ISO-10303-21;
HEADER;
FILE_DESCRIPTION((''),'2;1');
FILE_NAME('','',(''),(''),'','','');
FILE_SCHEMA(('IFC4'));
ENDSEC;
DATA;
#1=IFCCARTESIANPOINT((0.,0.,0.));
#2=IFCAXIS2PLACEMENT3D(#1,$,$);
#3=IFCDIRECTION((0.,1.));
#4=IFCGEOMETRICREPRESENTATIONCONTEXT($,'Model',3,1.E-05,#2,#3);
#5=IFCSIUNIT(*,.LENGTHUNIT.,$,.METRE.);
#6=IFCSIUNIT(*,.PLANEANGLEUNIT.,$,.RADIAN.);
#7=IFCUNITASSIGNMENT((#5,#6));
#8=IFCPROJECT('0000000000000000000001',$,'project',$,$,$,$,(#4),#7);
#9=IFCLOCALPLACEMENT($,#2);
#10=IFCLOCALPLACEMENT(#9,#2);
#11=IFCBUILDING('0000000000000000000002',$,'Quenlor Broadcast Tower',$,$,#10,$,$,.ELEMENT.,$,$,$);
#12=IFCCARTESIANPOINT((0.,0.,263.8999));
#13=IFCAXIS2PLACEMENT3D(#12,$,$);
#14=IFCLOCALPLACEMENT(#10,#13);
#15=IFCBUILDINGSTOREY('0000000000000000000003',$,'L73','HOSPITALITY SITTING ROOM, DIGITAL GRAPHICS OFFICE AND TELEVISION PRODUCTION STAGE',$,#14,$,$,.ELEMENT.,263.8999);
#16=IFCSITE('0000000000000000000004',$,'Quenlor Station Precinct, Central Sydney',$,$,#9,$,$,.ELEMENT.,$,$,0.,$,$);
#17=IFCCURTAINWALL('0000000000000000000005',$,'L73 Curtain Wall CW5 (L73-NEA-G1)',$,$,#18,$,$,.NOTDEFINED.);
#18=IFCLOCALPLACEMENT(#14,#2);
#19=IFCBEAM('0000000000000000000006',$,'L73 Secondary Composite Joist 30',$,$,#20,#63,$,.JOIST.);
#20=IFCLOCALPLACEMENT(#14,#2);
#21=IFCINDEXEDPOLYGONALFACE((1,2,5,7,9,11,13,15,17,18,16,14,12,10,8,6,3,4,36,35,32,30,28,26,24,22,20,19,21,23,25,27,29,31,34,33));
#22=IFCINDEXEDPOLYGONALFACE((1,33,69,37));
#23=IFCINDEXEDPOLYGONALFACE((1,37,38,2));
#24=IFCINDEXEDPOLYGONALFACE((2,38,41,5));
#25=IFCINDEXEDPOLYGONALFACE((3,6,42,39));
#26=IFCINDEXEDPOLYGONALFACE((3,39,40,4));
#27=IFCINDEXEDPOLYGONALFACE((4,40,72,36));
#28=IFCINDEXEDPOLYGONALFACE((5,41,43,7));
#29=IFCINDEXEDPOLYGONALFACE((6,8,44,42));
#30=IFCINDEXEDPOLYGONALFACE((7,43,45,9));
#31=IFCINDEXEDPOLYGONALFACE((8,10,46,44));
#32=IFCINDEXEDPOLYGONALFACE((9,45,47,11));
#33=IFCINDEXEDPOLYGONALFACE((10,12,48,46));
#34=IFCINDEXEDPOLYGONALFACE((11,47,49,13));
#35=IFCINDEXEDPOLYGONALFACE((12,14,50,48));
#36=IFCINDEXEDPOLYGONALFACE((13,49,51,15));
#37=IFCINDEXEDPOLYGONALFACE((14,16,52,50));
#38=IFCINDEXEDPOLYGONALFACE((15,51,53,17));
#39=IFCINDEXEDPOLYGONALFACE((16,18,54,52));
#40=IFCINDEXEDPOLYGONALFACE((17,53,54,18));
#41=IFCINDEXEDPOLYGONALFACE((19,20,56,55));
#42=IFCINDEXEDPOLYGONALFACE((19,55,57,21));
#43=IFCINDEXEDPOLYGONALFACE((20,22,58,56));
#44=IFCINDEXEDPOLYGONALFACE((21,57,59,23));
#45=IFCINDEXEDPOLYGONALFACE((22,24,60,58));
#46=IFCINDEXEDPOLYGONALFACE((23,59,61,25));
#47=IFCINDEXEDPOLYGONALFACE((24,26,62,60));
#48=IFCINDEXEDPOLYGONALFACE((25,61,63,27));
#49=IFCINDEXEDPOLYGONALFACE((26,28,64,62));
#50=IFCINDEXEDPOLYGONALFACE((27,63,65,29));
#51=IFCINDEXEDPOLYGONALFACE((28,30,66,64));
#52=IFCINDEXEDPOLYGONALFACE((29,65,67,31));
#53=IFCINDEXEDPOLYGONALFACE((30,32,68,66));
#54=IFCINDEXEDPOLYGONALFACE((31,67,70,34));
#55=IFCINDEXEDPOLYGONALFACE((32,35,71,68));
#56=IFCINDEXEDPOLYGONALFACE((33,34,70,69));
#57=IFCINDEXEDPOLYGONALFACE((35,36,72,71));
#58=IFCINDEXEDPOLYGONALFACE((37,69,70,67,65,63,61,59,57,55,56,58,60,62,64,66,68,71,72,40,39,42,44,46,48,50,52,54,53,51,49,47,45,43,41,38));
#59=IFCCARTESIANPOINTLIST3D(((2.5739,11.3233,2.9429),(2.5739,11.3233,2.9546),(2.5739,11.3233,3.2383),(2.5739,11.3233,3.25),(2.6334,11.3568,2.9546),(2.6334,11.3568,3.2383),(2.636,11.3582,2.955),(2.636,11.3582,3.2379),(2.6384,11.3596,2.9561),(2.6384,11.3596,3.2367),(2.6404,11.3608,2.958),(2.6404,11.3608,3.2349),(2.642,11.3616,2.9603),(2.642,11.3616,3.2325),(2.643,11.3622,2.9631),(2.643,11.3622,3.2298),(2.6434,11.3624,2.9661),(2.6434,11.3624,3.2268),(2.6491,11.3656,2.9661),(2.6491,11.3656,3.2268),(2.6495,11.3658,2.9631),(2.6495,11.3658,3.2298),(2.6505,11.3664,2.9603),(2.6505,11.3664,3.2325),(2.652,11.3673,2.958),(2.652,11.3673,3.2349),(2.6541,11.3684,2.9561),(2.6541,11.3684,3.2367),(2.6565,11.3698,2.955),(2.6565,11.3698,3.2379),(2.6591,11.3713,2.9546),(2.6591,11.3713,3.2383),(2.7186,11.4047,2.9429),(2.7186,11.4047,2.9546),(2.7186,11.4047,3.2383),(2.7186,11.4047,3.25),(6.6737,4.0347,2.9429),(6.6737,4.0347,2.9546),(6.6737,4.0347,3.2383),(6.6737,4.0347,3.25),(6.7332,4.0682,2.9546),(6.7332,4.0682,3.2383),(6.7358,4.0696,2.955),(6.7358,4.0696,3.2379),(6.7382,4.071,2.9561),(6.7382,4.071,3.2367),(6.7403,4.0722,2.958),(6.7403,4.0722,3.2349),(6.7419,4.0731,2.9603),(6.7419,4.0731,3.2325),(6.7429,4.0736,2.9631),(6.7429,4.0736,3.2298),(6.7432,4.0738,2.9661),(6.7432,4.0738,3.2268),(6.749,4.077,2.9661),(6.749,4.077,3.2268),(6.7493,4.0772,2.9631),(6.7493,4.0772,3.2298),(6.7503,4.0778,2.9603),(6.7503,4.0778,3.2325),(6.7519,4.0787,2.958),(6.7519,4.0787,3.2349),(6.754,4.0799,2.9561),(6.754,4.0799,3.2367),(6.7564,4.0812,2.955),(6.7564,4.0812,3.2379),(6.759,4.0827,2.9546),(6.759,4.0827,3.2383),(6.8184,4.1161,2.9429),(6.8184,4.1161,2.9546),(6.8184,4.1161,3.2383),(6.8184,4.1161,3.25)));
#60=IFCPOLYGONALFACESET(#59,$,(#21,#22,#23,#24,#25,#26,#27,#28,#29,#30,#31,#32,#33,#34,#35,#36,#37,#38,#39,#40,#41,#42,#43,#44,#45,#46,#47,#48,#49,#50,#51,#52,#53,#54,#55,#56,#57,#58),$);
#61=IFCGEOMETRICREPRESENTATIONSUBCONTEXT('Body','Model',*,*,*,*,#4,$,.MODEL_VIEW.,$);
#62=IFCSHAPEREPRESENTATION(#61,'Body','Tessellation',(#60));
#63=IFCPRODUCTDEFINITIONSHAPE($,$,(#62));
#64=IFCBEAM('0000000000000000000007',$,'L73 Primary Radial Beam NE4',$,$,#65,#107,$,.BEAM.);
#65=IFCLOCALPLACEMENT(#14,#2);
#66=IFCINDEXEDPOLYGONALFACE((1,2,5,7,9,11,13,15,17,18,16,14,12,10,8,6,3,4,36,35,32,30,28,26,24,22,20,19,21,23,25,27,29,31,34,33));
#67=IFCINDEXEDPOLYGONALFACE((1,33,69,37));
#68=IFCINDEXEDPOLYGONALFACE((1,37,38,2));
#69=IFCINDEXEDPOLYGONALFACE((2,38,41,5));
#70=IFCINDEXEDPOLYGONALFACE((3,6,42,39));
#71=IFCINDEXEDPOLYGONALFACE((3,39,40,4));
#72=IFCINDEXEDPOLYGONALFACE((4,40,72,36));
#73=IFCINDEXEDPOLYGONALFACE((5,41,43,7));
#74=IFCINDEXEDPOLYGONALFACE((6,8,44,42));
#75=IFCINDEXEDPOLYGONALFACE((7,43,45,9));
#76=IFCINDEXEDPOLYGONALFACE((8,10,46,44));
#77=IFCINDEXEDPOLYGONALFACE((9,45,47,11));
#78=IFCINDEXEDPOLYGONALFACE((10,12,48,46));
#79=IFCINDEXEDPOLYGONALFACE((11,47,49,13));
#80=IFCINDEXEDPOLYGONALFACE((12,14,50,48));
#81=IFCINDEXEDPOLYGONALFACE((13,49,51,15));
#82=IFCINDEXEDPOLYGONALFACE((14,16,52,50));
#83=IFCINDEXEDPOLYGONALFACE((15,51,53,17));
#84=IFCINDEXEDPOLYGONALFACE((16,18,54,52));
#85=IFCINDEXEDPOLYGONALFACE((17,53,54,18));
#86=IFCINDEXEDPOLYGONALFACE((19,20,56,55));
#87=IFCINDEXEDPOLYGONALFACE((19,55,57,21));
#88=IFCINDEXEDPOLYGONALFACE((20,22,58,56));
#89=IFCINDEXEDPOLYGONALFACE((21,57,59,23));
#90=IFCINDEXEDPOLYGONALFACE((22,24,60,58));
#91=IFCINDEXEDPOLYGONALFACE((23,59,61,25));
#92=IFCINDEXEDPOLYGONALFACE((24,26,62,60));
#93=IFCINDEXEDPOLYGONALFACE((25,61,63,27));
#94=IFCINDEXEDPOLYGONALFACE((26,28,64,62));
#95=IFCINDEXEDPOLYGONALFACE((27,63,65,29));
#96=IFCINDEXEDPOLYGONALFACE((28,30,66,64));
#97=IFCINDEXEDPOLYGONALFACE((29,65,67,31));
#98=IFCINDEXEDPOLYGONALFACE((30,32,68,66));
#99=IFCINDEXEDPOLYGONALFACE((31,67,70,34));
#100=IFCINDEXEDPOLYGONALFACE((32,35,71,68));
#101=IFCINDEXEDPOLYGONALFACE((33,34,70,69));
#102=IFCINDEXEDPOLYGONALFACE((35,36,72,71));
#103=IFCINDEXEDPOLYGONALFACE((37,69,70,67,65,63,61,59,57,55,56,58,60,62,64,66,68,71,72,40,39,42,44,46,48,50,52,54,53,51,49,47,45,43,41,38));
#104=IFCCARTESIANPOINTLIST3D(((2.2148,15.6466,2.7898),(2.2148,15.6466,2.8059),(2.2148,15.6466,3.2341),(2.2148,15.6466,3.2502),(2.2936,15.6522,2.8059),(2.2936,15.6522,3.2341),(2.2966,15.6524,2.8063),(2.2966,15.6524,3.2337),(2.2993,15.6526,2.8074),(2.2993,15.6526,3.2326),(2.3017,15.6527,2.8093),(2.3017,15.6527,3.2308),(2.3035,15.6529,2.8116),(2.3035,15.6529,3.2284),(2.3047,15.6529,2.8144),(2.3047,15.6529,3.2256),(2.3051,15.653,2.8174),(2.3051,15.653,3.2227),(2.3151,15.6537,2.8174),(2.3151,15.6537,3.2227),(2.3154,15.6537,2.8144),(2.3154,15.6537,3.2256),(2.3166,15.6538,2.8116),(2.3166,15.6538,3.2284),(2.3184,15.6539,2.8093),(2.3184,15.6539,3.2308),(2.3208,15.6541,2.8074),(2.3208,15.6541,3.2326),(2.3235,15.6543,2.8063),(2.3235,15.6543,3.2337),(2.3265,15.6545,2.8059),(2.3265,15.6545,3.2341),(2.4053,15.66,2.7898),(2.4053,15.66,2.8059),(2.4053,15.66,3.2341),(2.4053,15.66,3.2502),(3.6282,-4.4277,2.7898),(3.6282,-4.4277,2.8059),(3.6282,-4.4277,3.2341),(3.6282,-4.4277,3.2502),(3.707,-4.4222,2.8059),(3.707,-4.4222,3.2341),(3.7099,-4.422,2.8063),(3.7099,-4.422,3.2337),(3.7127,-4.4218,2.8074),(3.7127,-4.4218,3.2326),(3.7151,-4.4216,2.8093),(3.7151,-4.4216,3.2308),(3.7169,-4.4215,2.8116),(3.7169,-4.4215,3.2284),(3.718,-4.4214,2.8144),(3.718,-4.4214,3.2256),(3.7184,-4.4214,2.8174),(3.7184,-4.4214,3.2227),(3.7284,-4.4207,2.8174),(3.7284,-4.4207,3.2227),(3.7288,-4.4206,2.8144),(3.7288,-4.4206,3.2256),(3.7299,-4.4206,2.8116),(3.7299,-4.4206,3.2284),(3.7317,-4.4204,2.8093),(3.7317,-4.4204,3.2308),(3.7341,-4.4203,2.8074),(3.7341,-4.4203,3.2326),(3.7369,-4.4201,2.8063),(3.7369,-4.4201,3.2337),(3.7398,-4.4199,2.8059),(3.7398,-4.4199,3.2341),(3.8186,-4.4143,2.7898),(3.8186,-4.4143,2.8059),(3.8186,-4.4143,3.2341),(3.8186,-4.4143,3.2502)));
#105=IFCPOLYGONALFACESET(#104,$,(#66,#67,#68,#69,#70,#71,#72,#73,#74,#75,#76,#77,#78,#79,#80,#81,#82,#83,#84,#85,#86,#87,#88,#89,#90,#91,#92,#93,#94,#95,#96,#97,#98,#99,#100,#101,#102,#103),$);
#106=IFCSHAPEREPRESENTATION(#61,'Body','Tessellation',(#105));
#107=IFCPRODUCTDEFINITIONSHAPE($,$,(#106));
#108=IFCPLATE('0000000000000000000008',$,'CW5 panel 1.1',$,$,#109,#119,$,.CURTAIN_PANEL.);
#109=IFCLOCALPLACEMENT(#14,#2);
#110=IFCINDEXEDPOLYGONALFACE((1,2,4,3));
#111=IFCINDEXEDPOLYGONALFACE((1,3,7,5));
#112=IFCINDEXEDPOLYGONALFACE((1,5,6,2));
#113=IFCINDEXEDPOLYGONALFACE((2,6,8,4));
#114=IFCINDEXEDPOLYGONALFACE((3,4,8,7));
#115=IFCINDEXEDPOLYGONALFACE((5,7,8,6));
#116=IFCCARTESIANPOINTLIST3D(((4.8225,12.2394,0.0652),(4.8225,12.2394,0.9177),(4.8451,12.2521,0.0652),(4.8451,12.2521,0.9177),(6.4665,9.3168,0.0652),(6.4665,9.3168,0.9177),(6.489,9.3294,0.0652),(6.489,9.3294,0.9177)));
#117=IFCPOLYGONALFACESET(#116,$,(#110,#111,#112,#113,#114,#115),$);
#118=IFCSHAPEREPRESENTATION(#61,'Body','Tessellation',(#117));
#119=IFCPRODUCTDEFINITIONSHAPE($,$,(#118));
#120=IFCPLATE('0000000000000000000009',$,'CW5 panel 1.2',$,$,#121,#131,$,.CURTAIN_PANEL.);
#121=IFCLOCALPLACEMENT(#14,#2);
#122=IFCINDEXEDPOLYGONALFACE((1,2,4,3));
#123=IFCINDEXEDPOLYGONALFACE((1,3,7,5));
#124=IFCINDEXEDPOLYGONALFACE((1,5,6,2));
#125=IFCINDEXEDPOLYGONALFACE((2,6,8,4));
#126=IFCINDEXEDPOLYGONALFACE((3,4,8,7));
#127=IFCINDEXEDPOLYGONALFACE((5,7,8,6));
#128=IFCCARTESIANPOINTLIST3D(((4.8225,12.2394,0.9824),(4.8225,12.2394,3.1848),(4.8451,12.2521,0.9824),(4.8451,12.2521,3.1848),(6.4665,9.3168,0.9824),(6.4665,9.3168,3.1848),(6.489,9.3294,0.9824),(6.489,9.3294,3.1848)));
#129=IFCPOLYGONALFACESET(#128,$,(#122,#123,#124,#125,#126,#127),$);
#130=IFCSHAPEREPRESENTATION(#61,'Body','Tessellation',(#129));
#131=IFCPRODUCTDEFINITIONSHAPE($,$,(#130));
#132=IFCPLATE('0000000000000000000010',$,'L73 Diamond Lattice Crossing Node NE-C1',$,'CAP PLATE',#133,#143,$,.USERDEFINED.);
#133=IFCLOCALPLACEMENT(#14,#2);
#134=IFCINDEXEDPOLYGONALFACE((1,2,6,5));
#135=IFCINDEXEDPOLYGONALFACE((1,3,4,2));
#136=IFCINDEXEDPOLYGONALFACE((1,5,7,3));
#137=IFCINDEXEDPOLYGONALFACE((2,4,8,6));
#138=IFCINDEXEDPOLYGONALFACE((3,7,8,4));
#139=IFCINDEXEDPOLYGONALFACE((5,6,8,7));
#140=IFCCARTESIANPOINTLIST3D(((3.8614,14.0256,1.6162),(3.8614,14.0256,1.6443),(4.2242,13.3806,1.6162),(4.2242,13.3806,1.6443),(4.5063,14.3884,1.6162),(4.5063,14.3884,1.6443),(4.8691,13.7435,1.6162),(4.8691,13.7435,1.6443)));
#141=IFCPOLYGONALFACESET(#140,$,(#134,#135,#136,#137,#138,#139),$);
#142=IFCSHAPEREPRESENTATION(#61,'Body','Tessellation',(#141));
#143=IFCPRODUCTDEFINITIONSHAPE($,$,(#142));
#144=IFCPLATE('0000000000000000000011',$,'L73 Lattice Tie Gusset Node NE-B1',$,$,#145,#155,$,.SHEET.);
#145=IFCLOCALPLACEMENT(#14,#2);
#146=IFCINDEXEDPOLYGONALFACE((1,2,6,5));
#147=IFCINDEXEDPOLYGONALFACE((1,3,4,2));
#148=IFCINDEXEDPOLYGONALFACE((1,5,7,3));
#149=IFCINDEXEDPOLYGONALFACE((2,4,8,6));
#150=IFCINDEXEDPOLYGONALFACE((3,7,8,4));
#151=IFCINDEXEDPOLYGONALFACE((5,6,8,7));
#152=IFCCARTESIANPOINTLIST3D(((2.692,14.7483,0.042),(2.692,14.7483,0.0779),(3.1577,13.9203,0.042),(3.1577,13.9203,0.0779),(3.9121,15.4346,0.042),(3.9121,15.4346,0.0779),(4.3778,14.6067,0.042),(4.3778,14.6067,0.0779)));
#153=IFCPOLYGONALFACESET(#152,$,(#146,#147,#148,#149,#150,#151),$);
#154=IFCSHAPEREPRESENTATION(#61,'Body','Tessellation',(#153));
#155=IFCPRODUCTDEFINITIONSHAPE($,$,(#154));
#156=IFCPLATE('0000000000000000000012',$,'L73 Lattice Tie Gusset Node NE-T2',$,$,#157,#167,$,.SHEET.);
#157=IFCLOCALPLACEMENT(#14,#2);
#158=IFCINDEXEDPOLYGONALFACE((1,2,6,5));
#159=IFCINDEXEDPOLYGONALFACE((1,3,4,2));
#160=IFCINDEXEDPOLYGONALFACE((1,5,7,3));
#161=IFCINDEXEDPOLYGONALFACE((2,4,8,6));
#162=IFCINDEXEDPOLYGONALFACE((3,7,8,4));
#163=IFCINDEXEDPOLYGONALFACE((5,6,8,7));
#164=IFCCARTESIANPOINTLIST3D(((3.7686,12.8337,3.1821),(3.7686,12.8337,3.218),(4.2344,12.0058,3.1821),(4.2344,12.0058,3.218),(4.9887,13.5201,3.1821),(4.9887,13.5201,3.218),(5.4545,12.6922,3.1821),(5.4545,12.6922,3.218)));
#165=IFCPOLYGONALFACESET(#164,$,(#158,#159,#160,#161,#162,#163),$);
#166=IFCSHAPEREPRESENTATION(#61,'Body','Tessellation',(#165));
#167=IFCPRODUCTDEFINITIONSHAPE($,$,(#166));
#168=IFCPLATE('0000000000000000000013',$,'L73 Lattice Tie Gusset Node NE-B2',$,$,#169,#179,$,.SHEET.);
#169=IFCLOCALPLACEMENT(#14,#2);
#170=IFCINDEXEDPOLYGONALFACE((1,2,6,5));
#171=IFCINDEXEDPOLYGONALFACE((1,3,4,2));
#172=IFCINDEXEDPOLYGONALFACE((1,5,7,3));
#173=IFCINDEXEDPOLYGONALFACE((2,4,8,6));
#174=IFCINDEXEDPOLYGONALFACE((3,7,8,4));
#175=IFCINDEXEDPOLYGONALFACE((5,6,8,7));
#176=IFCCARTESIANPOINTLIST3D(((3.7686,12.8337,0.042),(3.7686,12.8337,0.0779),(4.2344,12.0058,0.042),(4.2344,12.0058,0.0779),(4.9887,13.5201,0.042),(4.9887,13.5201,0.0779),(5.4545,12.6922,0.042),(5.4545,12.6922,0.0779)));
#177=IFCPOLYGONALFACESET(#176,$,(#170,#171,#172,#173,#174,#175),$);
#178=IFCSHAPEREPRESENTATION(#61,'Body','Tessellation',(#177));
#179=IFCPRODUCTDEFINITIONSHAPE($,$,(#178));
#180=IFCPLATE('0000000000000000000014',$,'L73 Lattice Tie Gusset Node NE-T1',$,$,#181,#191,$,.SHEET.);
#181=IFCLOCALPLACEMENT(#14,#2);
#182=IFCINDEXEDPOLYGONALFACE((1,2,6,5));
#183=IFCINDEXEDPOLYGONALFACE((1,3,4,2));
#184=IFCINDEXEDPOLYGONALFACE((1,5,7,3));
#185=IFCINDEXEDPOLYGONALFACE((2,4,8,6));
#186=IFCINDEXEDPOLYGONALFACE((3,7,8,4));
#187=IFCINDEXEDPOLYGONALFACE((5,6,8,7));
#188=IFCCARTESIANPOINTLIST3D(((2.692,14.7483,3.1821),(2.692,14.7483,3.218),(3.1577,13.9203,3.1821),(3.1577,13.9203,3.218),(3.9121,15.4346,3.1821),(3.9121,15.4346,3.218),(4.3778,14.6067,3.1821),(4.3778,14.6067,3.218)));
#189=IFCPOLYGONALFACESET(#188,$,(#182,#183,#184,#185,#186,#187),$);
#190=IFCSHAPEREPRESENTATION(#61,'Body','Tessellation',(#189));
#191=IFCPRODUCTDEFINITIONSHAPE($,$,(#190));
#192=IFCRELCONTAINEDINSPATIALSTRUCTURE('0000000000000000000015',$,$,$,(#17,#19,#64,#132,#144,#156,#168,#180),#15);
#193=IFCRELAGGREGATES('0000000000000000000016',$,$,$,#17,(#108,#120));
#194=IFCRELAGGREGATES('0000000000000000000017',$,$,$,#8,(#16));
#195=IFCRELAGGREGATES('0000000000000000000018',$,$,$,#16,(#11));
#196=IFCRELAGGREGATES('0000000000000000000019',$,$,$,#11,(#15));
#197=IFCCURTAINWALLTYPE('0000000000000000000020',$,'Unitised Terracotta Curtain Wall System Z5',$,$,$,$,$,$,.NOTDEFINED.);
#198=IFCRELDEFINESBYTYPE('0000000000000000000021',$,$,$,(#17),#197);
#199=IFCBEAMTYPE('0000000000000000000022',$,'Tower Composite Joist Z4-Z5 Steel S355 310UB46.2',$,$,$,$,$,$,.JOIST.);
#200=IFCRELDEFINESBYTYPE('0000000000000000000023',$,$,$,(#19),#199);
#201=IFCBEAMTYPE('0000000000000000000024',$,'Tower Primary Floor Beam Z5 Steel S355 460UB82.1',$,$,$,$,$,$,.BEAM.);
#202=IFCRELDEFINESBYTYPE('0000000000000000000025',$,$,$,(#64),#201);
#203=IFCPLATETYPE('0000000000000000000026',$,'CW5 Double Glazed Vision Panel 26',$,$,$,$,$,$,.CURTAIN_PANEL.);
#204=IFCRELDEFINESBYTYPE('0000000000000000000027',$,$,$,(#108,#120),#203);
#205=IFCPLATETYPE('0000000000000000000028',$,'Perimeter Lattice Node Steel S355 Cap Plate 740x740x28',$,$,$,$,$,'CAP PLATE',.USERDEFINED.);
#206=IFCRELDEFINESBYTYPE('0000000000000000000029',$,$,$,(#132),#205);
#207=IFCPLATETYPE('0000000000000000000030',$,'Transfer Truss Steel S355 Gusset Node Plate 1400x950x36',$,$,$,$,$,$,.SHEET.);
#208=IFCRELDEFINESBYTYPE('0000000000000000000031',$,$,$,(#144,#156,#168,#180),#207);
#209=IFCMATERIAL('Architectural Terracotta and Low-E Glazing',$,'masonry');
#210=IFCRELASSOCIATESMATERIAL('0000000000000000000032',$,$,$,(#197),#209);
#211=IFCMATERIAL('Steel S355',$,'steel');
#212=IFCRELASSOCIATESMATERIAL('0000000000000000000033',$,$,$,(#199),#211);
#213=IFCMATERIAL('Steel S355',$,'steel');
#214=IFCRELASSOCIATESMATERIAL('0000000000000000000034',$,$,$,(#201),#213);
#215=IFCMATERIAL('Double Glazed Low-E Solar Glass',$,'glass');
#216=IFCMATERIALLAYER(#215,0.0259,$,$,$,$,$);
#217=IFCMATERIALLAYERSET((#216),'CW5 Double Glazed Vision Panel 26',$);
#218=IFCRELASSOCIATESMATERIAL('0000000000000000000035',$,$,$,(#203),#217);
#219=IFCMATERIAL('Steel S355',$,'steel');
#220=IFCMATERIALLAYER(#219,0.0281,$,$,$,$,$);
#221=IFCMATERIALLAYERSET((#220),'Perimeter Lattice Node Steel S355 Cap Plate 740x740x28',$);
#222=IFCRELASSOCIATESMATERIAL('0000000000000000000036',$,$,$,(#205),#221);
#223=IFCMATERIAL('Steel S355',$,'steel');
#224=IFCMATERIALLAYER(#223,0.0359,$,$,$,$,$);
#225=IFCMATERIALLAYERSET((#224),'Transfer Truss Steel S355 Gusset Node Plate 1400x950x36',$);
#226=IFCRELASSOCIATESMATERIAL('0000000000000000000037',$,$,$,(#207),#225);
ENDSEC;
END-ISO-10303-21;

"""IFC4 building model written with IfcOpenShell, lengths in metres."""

from ifc_helpers import new_model, si_unit, direction, frame, origin, origin_2d, place, context, subcontext, project, spatial, rectangle, i_section, extrude, material, layer, layer_set, material_profile, profile_set, type_object, element, aggregate, save


model = new_model("IFC4")

# Units and contexts
model_context = context("Model", 3, precision=1e-05, world=origin(), true_north=direction((0.0, 1.0)))
body_context = subcontext(model_context, "Body", "Model", "MODEL_VIEW")
ifc_project = project(units=[si_unit("LENGTHUNIT", "METRE"), si_unit("PLANEANGLEUNIT", "RADIAN")], contexts=[model_context])

# Site, building, storey
site_placement = place(None, origin())
site = spatial("IfcSite", under=ifc_project, at=site_placement, Name="Quenlor Station Precinct, Central Sydney", CompositionType="ELEMENT", RefElevation=0.0)
building_placement = place(site_placement, origin())
building = spatial("IfcBuilding", under=site, at=building_placement, Name="Quenlor Broadcast Tower", CompositionType="ELEMENT")
storey_placement = place(building_placement, frame((0.0, 0.0, 263.8999)))
storey = spatial("IfcBuildingStorey", under=building, at=storey_placement, Name="L73", Description="HOSPITALITY SITTING ROOM, DIGITAL GRAPHICS OFFICE AND TELEVISION PRODUCTION STAGE", CompositionType="ELEMENT", Elevation=263.8999)

# Curtain wall
ifc_material_1 = material(Name="Architectural Terracotta and Low-E Glazing", Category="masonry")
curtain_wall_type = type_object("IfcCurtainWallType", Name="Unitised Terracotta Curtain Wall System Z5", PredefinedType="NOTDEFINED", material=ifc_material_1)
curtain_wall_placement = place(storey_placement, origin())
curtain_wall = element("IfcCurtainWall", 1, at=curtain_wall_placement, inside=storey, type_object=curtain_wall_type, Name="L73 Curtain Wall CW5 (L73-NEA-G1)", PredefinedType="NOTDEFINED")

# Beams
ifc_material_2 = material(Name="Steel S355", Category="steel")
ifc_material_profile_1 = material_profile(ifc_material_2, i_section(OverallWidth=0.166, OverallDepth=0.3071, WebThickness=0.0066, FlangeThickness=0.0117, FilletRadius=0.0115, at=origin_2d()))
ifc_profile_set_1 = profile_set([ifc_material_profile_1], Name="Steel S355 310UB46.2")
beam_type_1 = type_object("IfcBeamType", Name="Tower Composite Joist Z4-Z5 Steel S355 310UB46.2", PredefinedType="JOIST", material=ifc_profile_set_1)
beam_1_placement = place(storey_placement, frame((2.6462, 11.364, 3.0964), z_axis=(0.490264, -0.871574, 0.0), x_axis=(0.871574, 0.490264, 0.0)))
element("IfcBeam", 2, at=beam_1_placement, inside=storey, type_object=beam_type_1, Name="L73 Secondary Composite Joist 30", PredefinedType="JOIST", context=body_context, shape_type="SweptSolid", body=[
    extrude(i_section(OverallWidth=0.166, OverallDepth=0.3071, WebThickness=0.0066, FlangeThickness=0.0117, FilletRadius=0.0115, at=origin_2d()), origin(), (0.0, 0.0, 1.0), 8.3625),
])
ifc_material_3 = material(Name="Steel S355", Category="steel")
ifc_material_profile_2 = material_profile(ifc_material_3, i_section(OverallWidth=0.1909, OverallDepth=0.4604, WebThickness=0.01, FlangeThickness=0.0161, FilletRadius=0.0115, at=origin_2d()))
ifc_profile_set_2 = profile_set([ifc_material_profile_2], Name="Steel S355 460UB82.1")
beam_type_2 = type_object("IfcBeamType", Name="Tower Primary Floor Beam Z5 Steel S355 460UB82.1", PredefinedType="BEAM", material=ifc_profile_set_2)
beam_2_placement = place(storey_placement, frame((2.3101, 15.6533, 3.02), z_axis=(0.070231, -0.997531, 0.0), x_axis=(0.997531, 0.070231, 0.0)))
element("IfcBeam", 3, at=beam_2_placement, inside=storey, type_object=beam_type_2, Name="L73 Primary Radial Beam NE4", PredefinedType="BEAM", context=body_context, shape_type="SweptSolid", body=[
    extrude(i_section(OverallWidth=0.1909, OverallDepth=0.4604, WebThickness=0.01, FlangeThickness=0.0161, FilletRadius=0.0115, at=origin_2d()), origin(), (0.0, 0.0, 1.0), 20.124),
])

# Plates
ifc_material_4 = material(Name="Double Glazed Low-E Solar Glass", Category="glass")
ifc_layer_1 = layer(ifc_material_4, 0.0259)
ifc_layer_set_1 = layer_set([ifc_layer_1], Name="CW5 Double Glazed Vision Panel 26")
plate_type_1 = type_object("IfcPlateType", Name="CW5 Double Glazed Vision Panel 26", PredefinedType="CURTAIN_PANEL", material=ifc_layer_set_1)
plate_1_placement = place(storey_placement, frame((5.6558, 10.7844, 0.0652), z_axis=(0.0, 0.0, 1.0), x_axis=(0.49025, -0.871582, 0.0)))
plate_1 = element("IfcPlate", 4, at=plate_1_placement, type_object=plate_type_1, Name="CW5 panel 1.1", PredefinedType="CURTAIN_PANEL", context=body_context, shape_type="SweptSolid", body=[
    extrude(rectangle(XDim=3.3533, YDim=0.0259, at=origin_2d()), origin(), (0.0, 0.0, 1.0), 0.8525),
])
plate_2_placement = place(storey_placement, frame((5.6558, 10.7844, 0.9824), z_axis=(0.0, 0.0, 1.0), x_axis=(0.49025, -0.871582, 0.0)))
plate_2 = element("IfcPlate", 5, at=plate_2_placement, type_object=plate_type_1, Name="CW5 panel 1.2", PredefinedType="CURTAIN_PANEL", context=body_context, shape_type="SweptSolid", body=[
    extrude(rectangle(XDim=3.3533, YDim=0.0259, at=origin_2d()), origin(), (0.0, 0.0, 1.0), 2.2024),
])
aggregate(curtain_wall, [plate_1, plate_2])

# Plates
ifc_material_5 = material(Name="Steel S355", Category="steel")
ifc_layer_2 = layer(ifc_material_5, 0.0281)
ifc_layer_set_2 = layer_set([ifc_layer_2], Name="Perimeter Lattice Node Steel S355 Cap Plate 740x740x28")
plate_type_2 = type_object("IfcPlateType", Name="Perimeter Lattice Node Steel S355 Cap Plate 740x740x28", ElementType="CAP PLATE", PredefinedType="USERDEFINED", material=ifc_layer_set_2)
plate_3_placement = place(storey_placement, frame((4.3652, 13.8845, 1.6162), z_axis=(0.0, 0.0, 1.0), x_axis=(0.490295, -0.871556, 0.0)))
element("IfcPlate", 6, at=plate_3_placement, inside=storey, type_object=plate_type_2, Name="L73 Diamond Lattice Crossing Node NE-C1", ObjectType="CAP PLATE", PredefinedType="USERDEFINED", context=body_context, shape_type="SweptSolid", body=[
    extrude(rectangle(XDim=0.74, YDim=0.74, at=origin_2d()), origin(), (0.0, 0.0, 1.0), 0.0281),
])
ifc_material_6 = material(Name="Steel S355", Category="steel")
ifc_layer_3 = layer(ifc_material_6, 0.0359)
ifc_layer_set_3 = layer_set([ifc_layer_3], Name="Transfer Truss Steel S355 Gusset Node Plate 1400x950x36")
plate_type_3 = type_object("IfcPlateType", Name="Transfer Truss Steel S355 Gusset Node Plate 1400x950x36", PredefinedType="SHEET", material=ifc_layer_set_3)
for number, where, z_axis, x_axis, name in (
    (7, (3.5349, 14.6775, 0.042), (0.0, 0.0, 1.0), (0.871556, 0.490295, 0.0), "L73 Lattice Tie Gusset Node NE-B1"),
    (8, (4.6116, 12.7629, 3.1821), (0.0, 0.0, 1.0), (0.871556, 0.490295, 0.0), "L73 Lattice Tie Gusset Node NE-T2"),
    (9, (4.6116, 12.7629, 0.042), (0.0, 0.0, 1.0), (0.871556, 0.490295, 0.0), "L73 Lattice Tie Gusset Node NE-B2"),
    (10, (3.5349, 14.6775, 3.1821), (0.0, 0.0, 1.0), (0.871556, 0.490295, 0.0), "L73 Lattice Tie Gusset Node NE-T1"),
):
    element("IfcPlate", number, at=place(storey_placement, frame(where, z_axis=z_axis, x_axis=x_axis)), inside=storey, type_object=plate_type_3, Name=name, PredefinedType="SHEET", context=body_context, shape_type="SweptSolid", body=[
        extrude(rectangle(XDim=1.3999, YDim=0.95, at=origin_2d()), origin(), (0.0, 0.0, 1.0), 0.0359),
    ])

save(model, "model.ifc")
